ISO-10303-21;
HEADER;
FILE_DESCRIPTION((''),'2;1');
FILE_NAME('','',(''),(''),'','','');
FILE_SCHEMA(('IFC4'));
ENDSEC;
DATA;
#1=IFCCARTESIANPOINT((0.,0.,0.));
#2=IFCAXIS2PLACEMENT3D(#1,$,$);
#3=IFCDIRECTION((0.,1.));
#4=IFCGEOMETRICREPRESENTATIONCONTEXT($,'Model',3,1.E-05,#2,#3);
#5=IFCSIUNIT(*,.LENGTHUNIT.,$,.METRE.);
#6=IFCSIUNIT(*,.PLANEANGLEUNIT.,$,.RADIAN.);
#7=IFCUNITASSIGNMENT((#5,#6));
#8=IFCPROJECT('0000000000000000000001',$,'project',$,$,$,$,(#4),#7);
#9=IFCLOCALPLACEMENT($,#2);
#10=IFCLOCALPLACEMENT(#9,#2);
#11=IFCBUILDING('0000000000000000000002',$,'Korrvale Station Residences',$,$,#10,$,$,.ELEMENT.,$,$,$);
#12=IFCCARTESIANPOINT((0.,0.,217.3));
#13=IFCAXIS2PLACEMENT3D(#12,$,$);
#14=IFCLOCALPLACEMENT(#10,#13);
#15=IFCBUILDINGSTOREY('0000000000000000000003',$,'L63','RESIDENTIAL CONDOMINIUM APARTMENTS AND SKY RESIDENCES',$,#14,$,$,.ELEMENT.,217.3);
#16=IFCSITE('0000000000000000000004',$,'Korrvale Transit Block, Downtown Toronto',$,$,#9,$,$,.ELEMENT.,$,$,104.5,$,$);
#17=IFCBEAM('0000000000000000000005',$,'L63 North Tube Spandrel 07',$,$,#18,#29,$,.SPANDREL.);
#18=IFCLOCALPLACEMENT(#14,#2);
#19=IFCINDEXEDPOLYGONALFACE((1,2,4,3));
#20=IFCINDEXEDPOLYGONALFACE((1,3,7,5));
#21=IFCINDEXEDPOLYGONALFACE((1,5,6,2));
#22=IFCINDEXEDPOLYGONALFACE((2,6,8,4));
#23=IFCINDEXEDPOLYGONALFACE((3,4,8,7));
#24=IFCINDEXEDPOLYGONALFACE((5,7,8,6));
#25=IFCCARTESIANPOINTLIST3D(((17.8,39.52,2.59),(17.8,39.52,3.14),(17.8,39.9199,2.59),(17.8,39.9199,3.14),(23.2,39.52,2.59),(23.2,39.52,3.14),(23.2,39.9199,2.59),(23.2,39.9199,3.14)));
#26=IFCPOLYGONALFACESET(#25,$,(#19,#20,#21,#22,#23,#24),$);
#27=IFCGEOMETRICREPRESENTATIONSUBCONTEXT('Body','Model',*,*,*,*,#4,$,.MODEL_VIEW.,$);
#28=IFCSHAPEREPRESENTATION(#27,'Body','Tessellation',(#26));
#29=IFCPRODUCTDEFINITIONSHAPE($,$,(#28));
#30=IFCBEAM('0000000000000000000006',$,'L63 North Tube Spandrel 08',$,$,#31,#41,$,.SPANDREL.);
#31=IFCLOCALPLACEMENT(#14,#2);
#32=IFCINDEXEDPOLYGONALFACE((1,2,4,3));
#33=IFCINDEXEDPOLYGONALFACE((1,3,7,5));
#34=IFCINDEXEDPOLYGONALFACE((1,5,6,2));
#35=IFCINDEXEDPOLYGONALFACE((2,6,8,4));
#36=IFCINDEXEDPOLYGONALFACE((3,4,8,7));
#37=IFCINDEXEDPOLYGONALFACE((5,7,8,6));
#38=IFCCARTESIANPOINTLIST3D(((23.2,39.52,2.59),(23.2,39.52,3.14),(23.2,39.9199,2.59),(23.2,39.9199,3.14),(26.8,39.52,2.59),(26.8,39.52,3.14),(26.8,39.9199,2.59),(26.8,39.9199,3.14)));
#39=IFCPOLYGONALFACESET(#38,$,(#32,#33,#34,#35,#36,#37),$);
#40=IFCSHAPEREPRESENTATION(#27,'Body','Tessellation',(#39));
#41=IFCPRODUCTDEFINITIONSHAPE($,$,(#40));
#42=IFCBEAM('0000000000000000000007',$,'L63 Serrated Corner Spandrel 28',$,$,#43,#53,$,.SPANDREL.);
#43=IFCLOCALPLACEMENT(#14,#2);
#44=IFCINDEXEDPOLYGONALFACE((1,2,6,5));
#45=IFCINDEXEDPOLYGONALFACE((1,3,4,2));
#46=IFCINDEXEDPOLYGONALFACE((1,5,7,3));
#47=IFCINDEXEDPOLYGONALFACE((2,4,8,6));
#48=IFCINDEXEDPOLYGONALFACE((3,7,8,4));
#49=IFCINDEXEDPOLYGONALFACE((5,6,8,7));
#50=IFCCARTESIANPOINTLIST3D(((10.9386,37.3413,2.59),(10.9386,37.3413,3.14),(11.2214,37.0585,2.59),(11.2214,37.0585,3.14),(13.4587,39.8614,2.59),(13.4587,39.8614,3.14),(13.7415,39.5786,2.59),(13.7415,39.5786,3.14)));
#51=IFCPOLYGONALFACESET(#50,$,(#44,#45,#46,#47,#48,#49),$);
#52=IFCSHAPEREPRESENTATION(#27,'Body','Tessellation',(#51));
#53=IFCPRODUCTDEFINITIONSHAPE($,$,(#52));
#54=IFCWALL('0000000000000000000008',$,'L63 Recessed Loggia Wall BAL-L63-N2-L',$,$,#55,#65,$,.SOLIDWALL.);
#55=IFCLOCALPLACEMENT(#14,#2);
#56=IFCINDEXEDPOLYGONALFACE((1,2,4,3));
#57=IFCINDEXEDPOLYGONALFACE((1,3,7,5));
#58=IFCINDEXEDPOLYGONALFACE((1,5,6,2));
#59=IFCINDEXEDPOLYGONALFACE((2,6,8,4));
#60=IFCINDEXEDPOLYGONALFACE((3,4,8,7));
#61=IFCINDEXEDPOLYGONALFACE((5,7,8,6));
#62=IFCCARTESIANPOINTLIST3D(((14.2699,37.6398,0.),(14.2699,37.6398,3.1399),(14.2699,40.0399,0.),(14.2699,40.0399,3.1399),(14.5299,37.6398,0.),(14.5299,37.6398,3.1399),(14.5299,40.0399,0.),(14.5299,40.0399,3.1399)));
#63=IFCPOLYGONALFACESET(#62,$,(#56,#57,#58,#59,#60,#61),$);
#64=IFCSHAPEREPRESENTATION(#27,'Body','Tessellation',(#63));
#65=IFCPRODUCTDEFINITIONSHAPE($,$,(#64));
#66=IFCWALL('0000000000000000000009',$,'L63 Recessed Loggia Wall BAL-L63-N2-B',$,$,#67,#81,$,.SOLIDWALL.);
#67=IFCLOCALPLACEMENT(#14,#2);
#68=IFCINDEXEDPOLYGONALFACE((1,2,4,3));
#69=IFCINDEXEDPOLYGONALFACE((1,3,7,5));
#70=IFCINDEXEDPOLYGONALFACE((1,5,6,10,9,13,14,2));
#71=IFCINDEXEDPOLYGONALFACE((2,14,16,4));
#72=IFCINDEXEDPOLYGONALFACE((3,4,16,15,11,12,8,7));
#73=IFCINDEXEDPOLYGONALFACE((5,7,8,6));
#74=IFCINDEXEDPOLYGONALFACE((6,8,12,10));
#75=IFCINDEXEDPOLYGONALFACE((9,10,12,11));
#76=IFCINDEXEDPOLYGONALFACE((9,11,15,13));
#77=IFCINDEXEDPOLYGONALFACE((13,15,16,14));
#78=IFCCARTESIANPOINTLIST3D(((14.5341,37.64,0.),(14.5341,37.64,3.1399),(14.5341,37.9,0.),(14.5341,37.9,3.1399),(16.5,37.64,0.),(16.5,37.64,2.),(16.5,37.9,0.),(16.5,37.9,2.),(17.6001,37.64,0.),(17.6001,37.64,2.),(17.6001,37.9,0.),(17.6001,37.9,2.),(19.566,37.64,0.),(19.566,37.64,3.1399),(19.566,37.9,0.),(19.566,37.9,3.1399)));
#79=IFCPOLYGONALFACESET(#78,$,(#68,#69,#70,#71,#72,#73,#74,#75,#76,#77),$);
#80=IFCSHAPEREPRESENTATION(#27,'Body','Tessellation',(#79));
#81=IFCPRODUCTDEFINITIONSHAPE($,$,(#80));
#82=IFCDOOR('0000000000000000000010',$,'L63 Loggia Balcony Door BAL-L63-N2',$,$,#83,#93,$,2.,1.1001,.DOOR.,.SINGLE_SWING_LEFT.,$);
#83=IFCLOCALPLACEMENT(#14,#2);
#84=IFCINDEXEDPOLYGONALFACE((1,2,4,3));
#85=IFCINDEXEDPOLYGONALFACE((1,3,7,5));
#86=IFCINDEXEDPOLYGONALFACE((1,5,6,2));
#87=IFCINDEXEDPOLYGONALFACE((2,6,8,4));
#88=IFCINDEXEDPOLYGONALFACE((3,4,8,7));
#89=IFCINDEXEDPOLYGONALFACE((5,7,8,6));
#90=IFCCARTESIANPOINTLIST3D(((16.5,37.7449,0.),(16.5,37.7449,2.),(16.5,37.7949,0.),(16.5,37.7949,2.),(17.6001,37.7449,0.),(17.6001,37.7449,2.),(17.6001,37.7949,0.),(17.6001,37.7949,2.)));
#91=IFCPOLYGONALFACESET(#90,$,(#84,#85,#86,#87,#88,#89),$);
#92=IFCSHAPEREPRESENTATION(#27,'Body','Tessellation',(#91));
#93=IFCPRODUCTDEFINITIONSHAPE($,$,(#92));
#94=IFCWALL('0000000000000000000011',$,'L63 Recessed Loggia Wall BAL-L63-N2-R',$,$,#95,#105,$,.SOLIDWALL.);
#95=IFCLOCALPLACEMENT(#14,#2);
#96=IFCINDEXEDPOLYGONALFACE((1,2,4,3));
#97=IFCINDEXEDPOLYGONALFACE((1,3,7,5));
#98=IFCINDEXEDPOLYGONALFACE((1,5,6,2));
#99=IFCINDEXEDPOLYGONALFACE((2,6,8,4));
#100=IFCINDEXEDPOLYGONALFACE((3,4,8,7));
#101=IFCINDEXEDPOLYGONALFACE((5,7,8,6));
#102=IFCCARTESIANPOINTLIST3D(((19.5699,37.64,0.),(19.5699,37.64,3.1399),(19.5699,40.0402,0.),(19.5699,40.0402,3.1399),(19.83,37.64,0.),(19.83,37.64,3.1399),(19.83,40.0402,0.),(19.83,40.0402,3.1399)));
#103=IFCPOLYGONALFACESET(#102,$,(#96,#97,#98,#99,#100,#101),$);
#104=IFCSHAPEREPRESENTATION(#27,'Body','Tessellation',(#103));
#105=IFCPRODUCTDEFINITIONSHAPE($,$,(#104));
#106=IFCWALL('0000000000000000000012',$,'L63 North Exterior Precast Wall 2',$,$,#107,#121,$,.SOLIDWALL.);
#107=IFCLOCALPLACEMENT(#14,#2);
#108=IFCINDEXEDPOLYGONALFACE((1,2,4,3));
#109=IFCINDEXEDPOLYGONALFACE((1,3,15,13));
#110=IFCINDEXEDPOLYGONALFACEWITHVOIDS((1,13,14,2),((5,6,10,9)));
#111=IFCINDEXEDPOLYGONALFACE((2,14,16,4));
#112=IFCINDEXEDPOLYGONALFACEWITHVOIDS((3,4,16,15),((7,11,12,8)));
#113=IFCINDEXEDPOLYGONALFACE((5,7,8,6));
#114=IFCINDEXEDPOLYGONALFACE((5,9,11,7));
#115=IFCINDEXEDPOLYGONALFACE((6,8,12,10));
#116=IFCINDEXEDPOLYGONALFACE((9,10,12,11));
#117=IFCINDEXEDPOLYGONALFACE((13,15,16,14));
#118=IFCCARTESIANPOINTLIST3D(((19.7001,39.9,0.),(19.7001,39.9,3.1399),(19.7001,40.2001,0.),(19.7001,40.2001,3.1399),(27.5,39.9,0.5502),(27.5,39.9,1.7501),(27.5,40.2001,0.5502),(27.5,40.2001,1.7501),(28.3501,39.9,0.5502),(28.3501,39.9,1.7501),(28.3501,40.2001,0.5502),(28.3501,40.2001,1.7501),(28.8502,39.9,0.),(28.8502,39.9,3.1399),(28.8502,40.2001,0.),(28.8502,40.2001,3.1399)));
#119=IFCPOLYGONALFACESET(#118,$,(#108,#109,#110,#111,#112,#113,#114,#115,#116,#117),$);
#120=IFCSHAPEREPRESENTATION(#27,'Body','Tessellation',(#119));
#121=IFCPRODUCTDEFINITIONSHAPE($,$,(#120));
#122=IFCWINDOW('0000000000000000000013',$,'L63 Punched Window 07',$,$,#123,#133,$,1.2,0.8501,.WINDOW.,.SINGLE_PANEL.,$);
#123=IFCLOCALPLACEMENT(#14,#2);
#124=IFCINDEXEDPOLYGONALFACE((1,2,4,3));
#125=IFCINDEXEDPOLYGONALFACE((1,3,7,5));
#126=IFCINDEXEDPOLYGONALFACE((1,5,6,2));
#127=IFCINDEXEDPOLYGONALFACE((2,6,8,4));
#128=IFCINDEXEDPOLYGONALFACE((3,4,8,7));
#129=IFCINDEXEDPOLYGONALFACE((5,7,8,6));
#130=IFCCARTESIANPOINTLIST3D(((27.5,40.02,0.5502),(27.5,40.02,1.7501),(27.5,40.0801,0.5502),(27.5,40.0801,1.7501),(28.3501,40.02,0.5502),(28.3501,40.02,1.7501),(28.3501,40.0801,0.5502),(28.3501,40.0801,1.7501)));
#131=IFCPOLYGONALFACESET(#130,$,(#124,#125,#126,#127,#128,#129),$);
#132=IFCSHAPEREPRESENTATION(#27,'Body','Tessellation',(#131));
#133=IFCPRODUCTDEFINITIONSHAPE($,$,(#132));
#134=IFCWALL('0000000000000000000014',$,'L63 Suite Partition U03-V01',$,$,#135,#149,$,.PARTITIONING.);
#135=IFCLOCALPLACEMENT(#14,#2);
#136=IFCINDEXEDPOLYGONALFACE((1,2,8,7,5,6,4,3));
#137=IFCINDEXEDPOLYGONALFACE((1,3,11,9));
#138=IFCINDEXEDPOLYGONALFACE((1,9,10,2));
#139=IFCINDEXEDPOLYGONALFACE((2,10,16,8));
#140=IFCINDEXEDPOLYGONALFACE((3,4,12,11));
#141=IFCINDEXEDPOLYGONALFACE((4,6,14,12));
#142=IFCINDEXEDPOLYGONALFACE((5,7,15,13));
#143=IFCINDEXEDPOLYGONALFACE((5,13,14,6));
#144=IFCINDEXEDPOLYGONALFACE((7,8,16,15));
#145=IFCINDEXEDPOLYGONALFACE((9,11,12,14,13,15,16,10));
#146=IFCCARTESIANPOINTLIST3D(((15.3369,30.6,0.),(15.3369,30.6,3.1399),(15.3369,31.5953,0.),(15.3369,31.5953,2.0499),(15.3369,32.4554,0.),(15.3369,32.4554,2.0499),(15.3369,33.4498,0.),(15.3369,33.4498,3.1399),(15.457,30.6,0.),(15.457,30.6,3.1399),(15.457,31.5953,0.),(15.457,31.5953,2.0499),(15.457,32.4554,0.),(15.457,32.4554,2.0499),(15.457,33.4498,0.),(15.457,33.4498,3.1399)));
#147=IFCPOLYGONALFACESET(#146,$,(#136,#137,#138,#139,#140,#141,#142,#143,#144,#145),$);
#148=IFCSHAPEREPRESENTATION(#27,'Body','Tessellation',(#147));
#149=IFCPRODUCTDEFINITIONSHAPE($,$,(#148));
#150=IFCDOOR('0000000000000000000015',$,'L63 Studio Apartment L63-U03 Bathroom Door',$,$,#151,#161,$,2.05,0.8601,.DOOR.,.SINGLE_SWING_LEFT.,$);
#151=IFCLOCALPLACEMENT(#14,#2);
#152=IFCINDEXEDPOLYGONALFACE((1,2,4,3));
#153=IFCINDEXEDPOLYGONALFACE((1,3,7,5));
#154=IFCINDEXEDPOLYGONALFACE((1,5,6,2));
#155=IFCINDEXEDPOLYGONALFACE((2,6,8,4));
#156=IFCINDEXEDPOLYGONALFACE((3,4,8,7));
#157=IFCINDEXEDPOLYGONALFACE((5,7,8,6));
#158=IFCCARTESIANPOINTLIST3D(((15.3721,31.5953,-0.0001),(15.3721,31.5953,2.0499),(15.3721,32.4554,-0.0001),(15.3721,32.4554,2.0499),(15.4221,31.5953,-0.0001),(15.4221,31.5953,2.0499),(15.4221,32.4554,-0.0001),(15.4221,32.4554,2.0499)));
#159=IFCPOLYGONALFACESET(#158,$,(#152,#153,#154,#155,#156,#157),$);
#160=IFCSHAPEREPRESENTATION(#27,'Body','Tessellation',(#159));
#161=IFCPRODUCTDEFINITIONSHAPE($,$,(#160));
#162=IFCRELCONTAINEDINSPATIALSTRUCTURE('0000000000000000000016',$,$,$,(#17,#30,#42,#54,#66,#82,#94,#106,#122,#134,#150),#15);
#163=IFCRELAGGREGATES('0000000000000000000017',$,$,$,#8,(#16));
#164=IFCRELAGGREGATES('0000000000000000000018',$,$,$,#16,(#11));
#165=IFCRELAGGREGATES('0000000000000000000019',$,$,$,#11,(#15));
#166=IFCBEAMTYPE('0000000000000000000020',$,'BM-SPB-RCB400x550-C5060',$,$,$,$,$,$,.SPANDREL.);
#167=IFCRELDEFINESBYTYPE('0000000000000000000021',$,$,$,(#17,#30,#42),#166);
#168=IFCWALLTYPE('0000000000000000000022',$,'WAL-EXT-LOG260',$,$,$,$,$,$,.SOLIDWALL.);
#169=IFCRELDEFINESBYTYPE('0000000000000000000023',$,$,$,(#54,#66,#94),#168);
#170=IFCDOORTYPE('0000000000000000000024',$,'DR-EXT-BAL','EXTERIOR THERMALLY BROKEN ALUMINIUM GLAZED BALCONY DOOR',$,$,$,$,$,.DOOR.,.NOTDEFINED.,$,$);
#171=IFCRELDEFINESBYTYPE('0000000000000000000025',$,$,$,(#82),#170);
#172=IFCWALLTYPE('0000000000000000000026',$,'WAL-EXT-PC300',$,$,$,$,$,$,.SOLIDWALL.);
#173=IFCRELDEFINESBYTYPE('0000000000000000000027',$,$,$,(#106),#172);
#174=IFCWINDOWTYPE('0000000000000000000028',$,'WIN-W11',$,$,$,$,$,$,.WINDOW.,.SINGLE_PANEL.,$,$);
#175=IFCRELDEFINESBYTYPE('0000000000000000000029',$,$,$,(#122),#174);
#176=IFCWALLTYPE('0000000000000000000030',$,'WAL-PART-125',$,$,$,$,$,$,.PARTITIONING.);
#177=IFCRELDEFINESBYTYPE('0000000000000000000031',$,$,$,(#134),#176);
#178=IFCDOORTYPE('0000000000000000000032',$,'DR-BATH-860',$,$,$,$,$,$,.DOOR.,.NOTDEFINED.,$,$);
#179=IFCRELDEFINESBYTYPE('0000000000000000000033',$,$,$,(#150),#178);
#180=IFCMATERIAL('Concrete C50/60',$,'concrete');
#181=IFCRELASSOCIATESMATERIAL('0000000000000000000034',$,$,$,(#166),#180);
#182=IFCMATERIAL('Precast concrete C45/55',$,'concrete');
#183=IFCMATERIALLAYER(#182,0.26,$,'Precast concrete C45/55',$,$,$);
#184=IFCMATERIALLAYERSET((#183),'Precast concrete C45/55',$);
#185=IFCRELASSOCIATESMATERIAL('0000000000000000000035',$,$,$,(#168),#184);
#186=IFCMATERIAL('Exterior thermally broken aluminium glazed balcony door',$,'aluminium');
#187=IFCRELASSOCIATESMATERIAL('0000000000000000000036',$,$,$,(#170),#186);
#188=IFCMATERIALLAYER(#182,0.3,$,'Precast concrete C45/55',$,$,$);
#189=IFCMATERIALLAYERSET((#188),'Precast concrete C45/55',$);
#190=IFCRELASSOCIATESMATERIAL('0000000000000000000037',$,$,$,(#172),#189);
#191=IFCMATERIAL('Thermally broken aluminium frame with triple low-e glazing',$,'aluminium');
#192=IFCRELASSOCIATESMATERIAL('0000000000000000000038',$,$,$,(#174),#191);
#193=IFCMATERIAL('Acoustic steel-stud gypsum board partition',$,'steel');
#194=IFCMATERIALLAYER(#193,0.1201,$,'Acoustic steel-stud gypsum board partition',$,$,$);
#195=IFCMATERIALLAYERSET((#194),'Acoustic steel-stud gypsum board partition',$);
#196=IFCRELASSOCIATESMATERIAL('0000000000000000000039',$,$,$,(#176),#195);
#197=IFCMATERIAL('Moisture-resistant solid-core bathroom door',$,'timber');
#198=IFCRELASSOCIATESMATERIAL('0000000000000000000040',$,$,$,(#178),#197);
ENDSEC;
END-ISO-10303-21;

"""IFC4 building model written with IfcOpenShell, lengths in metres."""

from ifc_helpers import new_model, si_unit, direction, frame, frame_2d, origin, origin_2d, place, context, subcontext, project, spatial, rectangle, extrude, material, layer, layer_set, material_profile, profile_set, type_object, element, fill, save


model = new_model("IFC4")

# Units and contexts
model_context = context("Model", 3, precision=1e-05, world=origin(), true_north=direction((0.0, 1.0)))
body_context = subcontext(model_context, "Body", "Model", "MODEL_VIEW")
ifc_project = project(units=[si_unit("LENGTHUNIT", "METRE"), si_unit("PLANEANGLEUNIT", "RADIAN")], contexts=[model_context])

# Site, building, storey
site_placement = place(None, origin())
site = spatial("IfcSite", under=ifc_project, at=site_placement, Name="Korrvale Transit Block, Downtown Toronto", CompositionType="ELEMENT", RefElevation=104.5)
building_placement = place(site_placement, origin())
building = spatial("IfcBuilding", under=site, at=building_placement, Name="Korrvale Station Residences", CompositionType="ELEMENT")
storey_placement = place(building_placement, frame((0.0, 0.0, 217.3)))
storey = spatial("IfcBuildingStorey", under=building, at=storey_placement, Name="L63", Description="RESIDENTIAL CONDOMINIUM APARTMENTS AND SKY RESIDENCES", CompositionType="ELEMENT", Elevation=217.3)

# Shared definitions
ifc_material_1 = material(Name="Concrete C50/60", Category="concrete")

# Beams
ifc_material_profile_1 = material_profile(ifc_material_1, rectangle(XDim=0.3999, YDim=0.55, at=origin_2d()), Name="RCB400x550")
ifc_profile_set_1 = profile_set([ifc_material_profile_1], Name="Concrete C50/60")
beam_type_1 = type_object("IfcBeamType", Name="BM-SPB-RCB400x550-C5060", PredefinedType="SPANDREL", material=ifc_profile_set_1)
beam_1_placement = place(storey_placement, frame((17.8, 39.72, 2.865), z_axis=(1.0, 0.0, 0.0), x_axis=(0.0, 1.0, 0.0)))
element("IfcBeam", 1, at=beam_1_placement, inside=storey, type_object=beam_type_1, Name="L63 North Tube Spandrel 07", PredefinedType="SPANDREL", context=body_context, shape_type="SweptSolid", body=[
    extrude(rectangle(XDim=0.3999, YDim=0.55, at=origin_2d()), origin(), (0.0, 0.0, 1.0), 5.3999),
])
beam_2_placement = place(storey_placement, frame((23.2, 39.72, 2.865), z_axis=(1.0, 0.0, 0.0), x_axis=(0.0, 1.0, 0.0)))
element("IfcBeam", 2, at=beam_2_placement, inside=storey, type_object=beam_type_1, Name="L63 North Tube Spandrel 08", PredefinedType="SPANDREL", context=body_context, shape_type="SweptSolid", body=[
    extrude(rectangle(XDim=0.3999, YDim=0.55, at=origin_2d()), origin(), (0.0, 0.0, 1.0), 3.6001),
])
beam_3_placement = place(storey_placement, frame((13.6001, 39.72, 2.865), z_axis=(-0.707107, -0.707107, 0.0), x_axis=(0.707107, -0.707107, 0.0)))
element("IfcBeam", 3, at=beam_3_placement, inside=storey, type_object=beam_type_1, Name="L63 Serrated Corner Spandrel 28", PredefinedType="SPANDREL", context=body_context, shape_type="SweptSolid", body=[
    extrude(rectangle(XDim=0.3999, YDim=0.55, at=origin_2d()), origin(), (0.0, 0.0, 1.0), 3.564),
])

# Wall
ifc_material_2 = material(Name="Precast concrete C45/55", Category="concrete")
ifc_layer_1 = layer(ifc_material_2, 0.26, Name="Precast concrete C45/55")
ifc_layer_set_1 = layer_set([ifc_layer_1], Name="Precast concrete C45/55")
wall_type_1 = type_object("IfcWallType", Name="WAL-EXT-LOG260", PredefinedType="SOLIDWALL", material=ifc_layer_set_1)
wall_1_placement = place(storey_placement, frame((14.3999, 40.04, 0.0), z_axis=(0.0, 0.0, 1.0), x_axis=(0.0, -1.0, 0.0)))
element("IfcWall", 4, at=wall_1_placement, inside=storey, type_object=wall_type_1, Name="L63 Recessed Loggia Wall BAL-L63-N2-L", PredefinedType="SOLIDWALL", context=body_context, shape_type="SweptSolid", body=[
    extrude(rectangle(XDim=2.4001, YDim=0.26, at=frame_2d((1.2002, 0.0))), origin(), (0.0, 0.0, 1.0), 3.1399),
])

# Wall, opening, door
wall_2_placement = place(storey_placement, frame((14.5339, 37.77, 0.0), z_axis=(0.0, 0.0, 1.0), x_axis=(1.0, 0.0, 0.0)))
wall_2 = element("IfcWall", 5, at=wall_2_placement, inside=storey, type_object=wall_type_1, Name="L63 Recessed Loggia Wall BAL-L63-N2-B", PredefinedType="SOLIDWALL", context=body_context, shape_type="SweptSolid", body=[
    extrude(rectangle(XDim=5.032, YDim=0.26, at=frame_2d((2.5161, 0.0))), origin(), (0.0, 0.0, 1.0), 3.1399),
])
opening_1_placement = place(wall_2_placement, frame((1.9661, 0.0, 0.0)))
opening_1 = element("IfcOpeningElement", 6, at=opening_1_placement, cuts=wall_2, PredefinedType="OPENING", context=body_context, shape_type="SweptSolid", body=[
    extrude(rectangle(XDim=1.1001, YDim=2.0, at=frame_2d((0.55, 1.0))), frame((0.0, 0.1401, 0.0), z_axis=(0.0, -1.0, 0.0), x_axis=(1.0, 0.0, 0.0)), (0.0, 0.0, 1.0), 0.28),
])
ifc_material_3 = material(Name="Exterior thermally broken aluminium glazed balcony door", Category="aluminium")
door_type_1 = type_object("IfcDoorType", Name="DR-EXT-BAL", Description="EXTERIOR THERMALLY BROKEN ALUMINIUM GLAZED BALCONY DOOR", OperationType="NOTDEFINED", PredefinedType="DOOR", material=ifc_material_3)
door_1_placement = place(opening_1_placement, origin())
door_1 = element("IfcDoor", 7, at=door_1_placement, inside=storey, type_object=door_type_1, Name="L63 Loggia Balcony Door BAL-L63-N2", OperationType="SINGLE_SWING_LEFT", OverallHeight=2.0, OverallWidth=1.1001, PredefinedType="DOOR", context=body_context, shape_type="SweptSolid", body=[
    extrude(rectangle(XDim=1.1001, YDim=2.0, at=frame_2d((0.55, 1.0))), frame((0.0, 0.0249, 0.0), z_axis=(0.0, -1.0, 0.0), x_axis=(1.0, 0.0, 0.0)), (0.0, 0.0, 1.0), 0.05),
])
fill(opening_1, door_1)

# Wall
wall_3_placement = place(storey_placement, frame((19.7, 37.6399, 0.0), z_axis=(0.0, 0.0, 1.0), x_axis=(0.0, 1.0, 0.0)))
element("IfcWall", 8, at=wall_3_placement, inside=storey, type_object=wall_type_1, Name="L63 Recessed Loggia Wall BAL-L63-N2-R", PredefinedType="SOLIDWALL", context=body_context, shape_type="SweptSolid", body=[
    extrude(rectangle(XDim=2.4001, YDim=0.26, at=frame_2d((1.2002, 0.0))), origin(), (0.0, 0.0, 1.0), 3.1399),
])

# Wall, opening, window
ifc_layer_2 = layer(ifc_material_2, 0.3, Name="Precast concrete C45/55")
ifc_layer_set_2 = layer_set([ifc_layer_2], Name="Precast concrete C45/55")
wall_type_2 = type_object("IfcWallType", Name="WAL-EXT-PC300", PredefinedType="SOLIDWALL", material=ifc_layer_set_2)
wall_4_placement = place(storey_placement, frame((19.7, 40.05, 0.0), z_axis=(0.0, 0.0, 1.0), x_axis=(1.0, 0.0, 0.0)))
wall_4 = element("IfcWall", 9, at=wall_4_placement, inside=storey, type_object=wall_type_2, Name="L63 North Exterior Precast Wall 2", PredefinedType="SOLIDWALL", context=body_context, shape_type="SweptSolid", body=[
    extrude(rectangle(XDim=9.1501, YDim=0.3, at=frame_2d((4.5752, 0.0))), origin(), (0.0, 0.0, 1.0), 3.1399),
])
opening_2_placement = place(wall_4_placement, frame((7.8, 0.0, 0.55)))
opening_2 = element("IfcOpeningElement", 10, at=opening_2_placement, cuts=wall_4, PredefinedType="OPENING", context=body_context, shape_type="SweptSolid", body=[
    extrude(rectangle(XDim=0.8501, YDim=1.2, at=frame_2d((0.425, 0.6001))), frame((0.0, 0.1602, 0.0), z_axis=(0.0, -1.0, 0.0), x_axis=(1.0, 0.0, 0.0)), (0.0, 0.0, 1.0), 0.3201),
])
ifc_material_4 = material(Name="Thermally broken aluminium frame with triple low-e glazing", Category="aluminium")
window_type = type_object("IfcWindowType", Name="WIN-W11", PartitioningType="SINGLE_PANEL", PredefinedType="WINDOW", material=ifc_material_4)
window_placement = place(opening_2_placement, origin())
window = element("IfcWindow", 11, at=window_placement, inside=storey, type_object=window_type, Name="L63 Punched Window 07", OverallHeight=1.2, OverallWidth=0.8501, PartitioningType="SINGLE_PANEL", PredefinedType="WINDOW", context=body_context, shape_type="SweptSolid", body=[
    extrude(rectangle(XDim=0.8501, YDim=1.2, at=frame_2d((0.425, 0.6001))), frame((0.0, 0.03, 0.0), z_axis=(0.0, -1.0, 0.0), x_axis=(1.0, 0.0, 0.0)), (0.0, 0.0, 1.0), 0.0601),
])
fill(opening_2, window)

# Wall, opening, door
ifc_material_5 = material(Name="Acoustic steel-stud gypsum board partition", Category="steel")
ifc_layer_3 = layer(ifc_material_5, 0.1201, Name="Acoustic steel-stud gypsum board partition")
ifc_layer_set_3 = layer_set([ifc_layer_3], Name="Acoustic steel-stud gypsum board partition")
wall_type_3 = type_object("IfcWallType", Name="WAL-PART-125", PredefinedType="PARTITIONING", material=ifc_layer_set_3)
wall_5_placement = place(storey_placement, frame((15.397, 30.6001, 0.0), z_axis=(0.0, 0.0, 1.0), x_axis=(0.0, 1.0, 0.0)))
wall_5 = element("IfcWall", 12, at=wall_5_placement, inside=storey, type_object=wall_type_3, Name="L63 Suite Partition U03-V01", PredefinedType="PARTITIONING", context=body_context, shape_type="SweptSolid", body=[
    extrude(rectangle(XDim=2.8499, YDim=0.1201, at=frame_2d((1.4248, 0.0))), origin(), (0.0, 0.0, 1.0), 3.1399),
])
opening_3_placement = place(wall_5_placement, frame((0.9951, 0.0, 0.0)))
opening_3 = element("IfcOpeningElement", 13, at=opening_3_placement, cuts=wall_5, PredefinedType="OPENING", context=body_context, shape_type="SweptSolid", body=[
    extrude(rectangle(XDim=0.8601, YDim=2.05, at=frame_2d((0.4302, 1.0249))), frame((0.0, 0.0701, 0.0), z_axis=(0.0, -1.0, 0.0), x_axis=(1.0, 0.0, 0.0)), (0.0, 0.0, 1.0), 0.1401),
])
ifc_material_6 = material(Name="Moisture-resistant solid-core bathroom door", Category="timber")
door_type_2 = type_object("IfcDoorType", Name="DR-BATH-860", OperationType="NOTDEFINED", PredefinedType="DOOR", material=ifc_material_6)
door_2_placement = place(opening_3_placement, origin())
door_2 = element("IfcDoor", 14, at=door_2_placement, inside=storey, type_object=door_type_2, Name="L63 Studio Apartment L63-U03 Bathroom Door", OperationType="SINGLE_SWING_LEFT", OverallHeight=2.05, OverallWidth=0.8601, PredefinedType="DOOR", context=body_context, shape_type="SweptSolid", body=[
    extrude(rectangle(XDim=0.8601, YDim=2.05, at=frame_2d((0.4302, 1.0249))), frame((0.0, 0.0249, 0.0), z_axis=(0.0, -1.0, 0.0), x_axis=(1.0, 0.0, 0.0)), (0.0, 0.0, 1.0), 0.05),
])
fill(opening_3, door_2)

save(model, "model.ifc")
